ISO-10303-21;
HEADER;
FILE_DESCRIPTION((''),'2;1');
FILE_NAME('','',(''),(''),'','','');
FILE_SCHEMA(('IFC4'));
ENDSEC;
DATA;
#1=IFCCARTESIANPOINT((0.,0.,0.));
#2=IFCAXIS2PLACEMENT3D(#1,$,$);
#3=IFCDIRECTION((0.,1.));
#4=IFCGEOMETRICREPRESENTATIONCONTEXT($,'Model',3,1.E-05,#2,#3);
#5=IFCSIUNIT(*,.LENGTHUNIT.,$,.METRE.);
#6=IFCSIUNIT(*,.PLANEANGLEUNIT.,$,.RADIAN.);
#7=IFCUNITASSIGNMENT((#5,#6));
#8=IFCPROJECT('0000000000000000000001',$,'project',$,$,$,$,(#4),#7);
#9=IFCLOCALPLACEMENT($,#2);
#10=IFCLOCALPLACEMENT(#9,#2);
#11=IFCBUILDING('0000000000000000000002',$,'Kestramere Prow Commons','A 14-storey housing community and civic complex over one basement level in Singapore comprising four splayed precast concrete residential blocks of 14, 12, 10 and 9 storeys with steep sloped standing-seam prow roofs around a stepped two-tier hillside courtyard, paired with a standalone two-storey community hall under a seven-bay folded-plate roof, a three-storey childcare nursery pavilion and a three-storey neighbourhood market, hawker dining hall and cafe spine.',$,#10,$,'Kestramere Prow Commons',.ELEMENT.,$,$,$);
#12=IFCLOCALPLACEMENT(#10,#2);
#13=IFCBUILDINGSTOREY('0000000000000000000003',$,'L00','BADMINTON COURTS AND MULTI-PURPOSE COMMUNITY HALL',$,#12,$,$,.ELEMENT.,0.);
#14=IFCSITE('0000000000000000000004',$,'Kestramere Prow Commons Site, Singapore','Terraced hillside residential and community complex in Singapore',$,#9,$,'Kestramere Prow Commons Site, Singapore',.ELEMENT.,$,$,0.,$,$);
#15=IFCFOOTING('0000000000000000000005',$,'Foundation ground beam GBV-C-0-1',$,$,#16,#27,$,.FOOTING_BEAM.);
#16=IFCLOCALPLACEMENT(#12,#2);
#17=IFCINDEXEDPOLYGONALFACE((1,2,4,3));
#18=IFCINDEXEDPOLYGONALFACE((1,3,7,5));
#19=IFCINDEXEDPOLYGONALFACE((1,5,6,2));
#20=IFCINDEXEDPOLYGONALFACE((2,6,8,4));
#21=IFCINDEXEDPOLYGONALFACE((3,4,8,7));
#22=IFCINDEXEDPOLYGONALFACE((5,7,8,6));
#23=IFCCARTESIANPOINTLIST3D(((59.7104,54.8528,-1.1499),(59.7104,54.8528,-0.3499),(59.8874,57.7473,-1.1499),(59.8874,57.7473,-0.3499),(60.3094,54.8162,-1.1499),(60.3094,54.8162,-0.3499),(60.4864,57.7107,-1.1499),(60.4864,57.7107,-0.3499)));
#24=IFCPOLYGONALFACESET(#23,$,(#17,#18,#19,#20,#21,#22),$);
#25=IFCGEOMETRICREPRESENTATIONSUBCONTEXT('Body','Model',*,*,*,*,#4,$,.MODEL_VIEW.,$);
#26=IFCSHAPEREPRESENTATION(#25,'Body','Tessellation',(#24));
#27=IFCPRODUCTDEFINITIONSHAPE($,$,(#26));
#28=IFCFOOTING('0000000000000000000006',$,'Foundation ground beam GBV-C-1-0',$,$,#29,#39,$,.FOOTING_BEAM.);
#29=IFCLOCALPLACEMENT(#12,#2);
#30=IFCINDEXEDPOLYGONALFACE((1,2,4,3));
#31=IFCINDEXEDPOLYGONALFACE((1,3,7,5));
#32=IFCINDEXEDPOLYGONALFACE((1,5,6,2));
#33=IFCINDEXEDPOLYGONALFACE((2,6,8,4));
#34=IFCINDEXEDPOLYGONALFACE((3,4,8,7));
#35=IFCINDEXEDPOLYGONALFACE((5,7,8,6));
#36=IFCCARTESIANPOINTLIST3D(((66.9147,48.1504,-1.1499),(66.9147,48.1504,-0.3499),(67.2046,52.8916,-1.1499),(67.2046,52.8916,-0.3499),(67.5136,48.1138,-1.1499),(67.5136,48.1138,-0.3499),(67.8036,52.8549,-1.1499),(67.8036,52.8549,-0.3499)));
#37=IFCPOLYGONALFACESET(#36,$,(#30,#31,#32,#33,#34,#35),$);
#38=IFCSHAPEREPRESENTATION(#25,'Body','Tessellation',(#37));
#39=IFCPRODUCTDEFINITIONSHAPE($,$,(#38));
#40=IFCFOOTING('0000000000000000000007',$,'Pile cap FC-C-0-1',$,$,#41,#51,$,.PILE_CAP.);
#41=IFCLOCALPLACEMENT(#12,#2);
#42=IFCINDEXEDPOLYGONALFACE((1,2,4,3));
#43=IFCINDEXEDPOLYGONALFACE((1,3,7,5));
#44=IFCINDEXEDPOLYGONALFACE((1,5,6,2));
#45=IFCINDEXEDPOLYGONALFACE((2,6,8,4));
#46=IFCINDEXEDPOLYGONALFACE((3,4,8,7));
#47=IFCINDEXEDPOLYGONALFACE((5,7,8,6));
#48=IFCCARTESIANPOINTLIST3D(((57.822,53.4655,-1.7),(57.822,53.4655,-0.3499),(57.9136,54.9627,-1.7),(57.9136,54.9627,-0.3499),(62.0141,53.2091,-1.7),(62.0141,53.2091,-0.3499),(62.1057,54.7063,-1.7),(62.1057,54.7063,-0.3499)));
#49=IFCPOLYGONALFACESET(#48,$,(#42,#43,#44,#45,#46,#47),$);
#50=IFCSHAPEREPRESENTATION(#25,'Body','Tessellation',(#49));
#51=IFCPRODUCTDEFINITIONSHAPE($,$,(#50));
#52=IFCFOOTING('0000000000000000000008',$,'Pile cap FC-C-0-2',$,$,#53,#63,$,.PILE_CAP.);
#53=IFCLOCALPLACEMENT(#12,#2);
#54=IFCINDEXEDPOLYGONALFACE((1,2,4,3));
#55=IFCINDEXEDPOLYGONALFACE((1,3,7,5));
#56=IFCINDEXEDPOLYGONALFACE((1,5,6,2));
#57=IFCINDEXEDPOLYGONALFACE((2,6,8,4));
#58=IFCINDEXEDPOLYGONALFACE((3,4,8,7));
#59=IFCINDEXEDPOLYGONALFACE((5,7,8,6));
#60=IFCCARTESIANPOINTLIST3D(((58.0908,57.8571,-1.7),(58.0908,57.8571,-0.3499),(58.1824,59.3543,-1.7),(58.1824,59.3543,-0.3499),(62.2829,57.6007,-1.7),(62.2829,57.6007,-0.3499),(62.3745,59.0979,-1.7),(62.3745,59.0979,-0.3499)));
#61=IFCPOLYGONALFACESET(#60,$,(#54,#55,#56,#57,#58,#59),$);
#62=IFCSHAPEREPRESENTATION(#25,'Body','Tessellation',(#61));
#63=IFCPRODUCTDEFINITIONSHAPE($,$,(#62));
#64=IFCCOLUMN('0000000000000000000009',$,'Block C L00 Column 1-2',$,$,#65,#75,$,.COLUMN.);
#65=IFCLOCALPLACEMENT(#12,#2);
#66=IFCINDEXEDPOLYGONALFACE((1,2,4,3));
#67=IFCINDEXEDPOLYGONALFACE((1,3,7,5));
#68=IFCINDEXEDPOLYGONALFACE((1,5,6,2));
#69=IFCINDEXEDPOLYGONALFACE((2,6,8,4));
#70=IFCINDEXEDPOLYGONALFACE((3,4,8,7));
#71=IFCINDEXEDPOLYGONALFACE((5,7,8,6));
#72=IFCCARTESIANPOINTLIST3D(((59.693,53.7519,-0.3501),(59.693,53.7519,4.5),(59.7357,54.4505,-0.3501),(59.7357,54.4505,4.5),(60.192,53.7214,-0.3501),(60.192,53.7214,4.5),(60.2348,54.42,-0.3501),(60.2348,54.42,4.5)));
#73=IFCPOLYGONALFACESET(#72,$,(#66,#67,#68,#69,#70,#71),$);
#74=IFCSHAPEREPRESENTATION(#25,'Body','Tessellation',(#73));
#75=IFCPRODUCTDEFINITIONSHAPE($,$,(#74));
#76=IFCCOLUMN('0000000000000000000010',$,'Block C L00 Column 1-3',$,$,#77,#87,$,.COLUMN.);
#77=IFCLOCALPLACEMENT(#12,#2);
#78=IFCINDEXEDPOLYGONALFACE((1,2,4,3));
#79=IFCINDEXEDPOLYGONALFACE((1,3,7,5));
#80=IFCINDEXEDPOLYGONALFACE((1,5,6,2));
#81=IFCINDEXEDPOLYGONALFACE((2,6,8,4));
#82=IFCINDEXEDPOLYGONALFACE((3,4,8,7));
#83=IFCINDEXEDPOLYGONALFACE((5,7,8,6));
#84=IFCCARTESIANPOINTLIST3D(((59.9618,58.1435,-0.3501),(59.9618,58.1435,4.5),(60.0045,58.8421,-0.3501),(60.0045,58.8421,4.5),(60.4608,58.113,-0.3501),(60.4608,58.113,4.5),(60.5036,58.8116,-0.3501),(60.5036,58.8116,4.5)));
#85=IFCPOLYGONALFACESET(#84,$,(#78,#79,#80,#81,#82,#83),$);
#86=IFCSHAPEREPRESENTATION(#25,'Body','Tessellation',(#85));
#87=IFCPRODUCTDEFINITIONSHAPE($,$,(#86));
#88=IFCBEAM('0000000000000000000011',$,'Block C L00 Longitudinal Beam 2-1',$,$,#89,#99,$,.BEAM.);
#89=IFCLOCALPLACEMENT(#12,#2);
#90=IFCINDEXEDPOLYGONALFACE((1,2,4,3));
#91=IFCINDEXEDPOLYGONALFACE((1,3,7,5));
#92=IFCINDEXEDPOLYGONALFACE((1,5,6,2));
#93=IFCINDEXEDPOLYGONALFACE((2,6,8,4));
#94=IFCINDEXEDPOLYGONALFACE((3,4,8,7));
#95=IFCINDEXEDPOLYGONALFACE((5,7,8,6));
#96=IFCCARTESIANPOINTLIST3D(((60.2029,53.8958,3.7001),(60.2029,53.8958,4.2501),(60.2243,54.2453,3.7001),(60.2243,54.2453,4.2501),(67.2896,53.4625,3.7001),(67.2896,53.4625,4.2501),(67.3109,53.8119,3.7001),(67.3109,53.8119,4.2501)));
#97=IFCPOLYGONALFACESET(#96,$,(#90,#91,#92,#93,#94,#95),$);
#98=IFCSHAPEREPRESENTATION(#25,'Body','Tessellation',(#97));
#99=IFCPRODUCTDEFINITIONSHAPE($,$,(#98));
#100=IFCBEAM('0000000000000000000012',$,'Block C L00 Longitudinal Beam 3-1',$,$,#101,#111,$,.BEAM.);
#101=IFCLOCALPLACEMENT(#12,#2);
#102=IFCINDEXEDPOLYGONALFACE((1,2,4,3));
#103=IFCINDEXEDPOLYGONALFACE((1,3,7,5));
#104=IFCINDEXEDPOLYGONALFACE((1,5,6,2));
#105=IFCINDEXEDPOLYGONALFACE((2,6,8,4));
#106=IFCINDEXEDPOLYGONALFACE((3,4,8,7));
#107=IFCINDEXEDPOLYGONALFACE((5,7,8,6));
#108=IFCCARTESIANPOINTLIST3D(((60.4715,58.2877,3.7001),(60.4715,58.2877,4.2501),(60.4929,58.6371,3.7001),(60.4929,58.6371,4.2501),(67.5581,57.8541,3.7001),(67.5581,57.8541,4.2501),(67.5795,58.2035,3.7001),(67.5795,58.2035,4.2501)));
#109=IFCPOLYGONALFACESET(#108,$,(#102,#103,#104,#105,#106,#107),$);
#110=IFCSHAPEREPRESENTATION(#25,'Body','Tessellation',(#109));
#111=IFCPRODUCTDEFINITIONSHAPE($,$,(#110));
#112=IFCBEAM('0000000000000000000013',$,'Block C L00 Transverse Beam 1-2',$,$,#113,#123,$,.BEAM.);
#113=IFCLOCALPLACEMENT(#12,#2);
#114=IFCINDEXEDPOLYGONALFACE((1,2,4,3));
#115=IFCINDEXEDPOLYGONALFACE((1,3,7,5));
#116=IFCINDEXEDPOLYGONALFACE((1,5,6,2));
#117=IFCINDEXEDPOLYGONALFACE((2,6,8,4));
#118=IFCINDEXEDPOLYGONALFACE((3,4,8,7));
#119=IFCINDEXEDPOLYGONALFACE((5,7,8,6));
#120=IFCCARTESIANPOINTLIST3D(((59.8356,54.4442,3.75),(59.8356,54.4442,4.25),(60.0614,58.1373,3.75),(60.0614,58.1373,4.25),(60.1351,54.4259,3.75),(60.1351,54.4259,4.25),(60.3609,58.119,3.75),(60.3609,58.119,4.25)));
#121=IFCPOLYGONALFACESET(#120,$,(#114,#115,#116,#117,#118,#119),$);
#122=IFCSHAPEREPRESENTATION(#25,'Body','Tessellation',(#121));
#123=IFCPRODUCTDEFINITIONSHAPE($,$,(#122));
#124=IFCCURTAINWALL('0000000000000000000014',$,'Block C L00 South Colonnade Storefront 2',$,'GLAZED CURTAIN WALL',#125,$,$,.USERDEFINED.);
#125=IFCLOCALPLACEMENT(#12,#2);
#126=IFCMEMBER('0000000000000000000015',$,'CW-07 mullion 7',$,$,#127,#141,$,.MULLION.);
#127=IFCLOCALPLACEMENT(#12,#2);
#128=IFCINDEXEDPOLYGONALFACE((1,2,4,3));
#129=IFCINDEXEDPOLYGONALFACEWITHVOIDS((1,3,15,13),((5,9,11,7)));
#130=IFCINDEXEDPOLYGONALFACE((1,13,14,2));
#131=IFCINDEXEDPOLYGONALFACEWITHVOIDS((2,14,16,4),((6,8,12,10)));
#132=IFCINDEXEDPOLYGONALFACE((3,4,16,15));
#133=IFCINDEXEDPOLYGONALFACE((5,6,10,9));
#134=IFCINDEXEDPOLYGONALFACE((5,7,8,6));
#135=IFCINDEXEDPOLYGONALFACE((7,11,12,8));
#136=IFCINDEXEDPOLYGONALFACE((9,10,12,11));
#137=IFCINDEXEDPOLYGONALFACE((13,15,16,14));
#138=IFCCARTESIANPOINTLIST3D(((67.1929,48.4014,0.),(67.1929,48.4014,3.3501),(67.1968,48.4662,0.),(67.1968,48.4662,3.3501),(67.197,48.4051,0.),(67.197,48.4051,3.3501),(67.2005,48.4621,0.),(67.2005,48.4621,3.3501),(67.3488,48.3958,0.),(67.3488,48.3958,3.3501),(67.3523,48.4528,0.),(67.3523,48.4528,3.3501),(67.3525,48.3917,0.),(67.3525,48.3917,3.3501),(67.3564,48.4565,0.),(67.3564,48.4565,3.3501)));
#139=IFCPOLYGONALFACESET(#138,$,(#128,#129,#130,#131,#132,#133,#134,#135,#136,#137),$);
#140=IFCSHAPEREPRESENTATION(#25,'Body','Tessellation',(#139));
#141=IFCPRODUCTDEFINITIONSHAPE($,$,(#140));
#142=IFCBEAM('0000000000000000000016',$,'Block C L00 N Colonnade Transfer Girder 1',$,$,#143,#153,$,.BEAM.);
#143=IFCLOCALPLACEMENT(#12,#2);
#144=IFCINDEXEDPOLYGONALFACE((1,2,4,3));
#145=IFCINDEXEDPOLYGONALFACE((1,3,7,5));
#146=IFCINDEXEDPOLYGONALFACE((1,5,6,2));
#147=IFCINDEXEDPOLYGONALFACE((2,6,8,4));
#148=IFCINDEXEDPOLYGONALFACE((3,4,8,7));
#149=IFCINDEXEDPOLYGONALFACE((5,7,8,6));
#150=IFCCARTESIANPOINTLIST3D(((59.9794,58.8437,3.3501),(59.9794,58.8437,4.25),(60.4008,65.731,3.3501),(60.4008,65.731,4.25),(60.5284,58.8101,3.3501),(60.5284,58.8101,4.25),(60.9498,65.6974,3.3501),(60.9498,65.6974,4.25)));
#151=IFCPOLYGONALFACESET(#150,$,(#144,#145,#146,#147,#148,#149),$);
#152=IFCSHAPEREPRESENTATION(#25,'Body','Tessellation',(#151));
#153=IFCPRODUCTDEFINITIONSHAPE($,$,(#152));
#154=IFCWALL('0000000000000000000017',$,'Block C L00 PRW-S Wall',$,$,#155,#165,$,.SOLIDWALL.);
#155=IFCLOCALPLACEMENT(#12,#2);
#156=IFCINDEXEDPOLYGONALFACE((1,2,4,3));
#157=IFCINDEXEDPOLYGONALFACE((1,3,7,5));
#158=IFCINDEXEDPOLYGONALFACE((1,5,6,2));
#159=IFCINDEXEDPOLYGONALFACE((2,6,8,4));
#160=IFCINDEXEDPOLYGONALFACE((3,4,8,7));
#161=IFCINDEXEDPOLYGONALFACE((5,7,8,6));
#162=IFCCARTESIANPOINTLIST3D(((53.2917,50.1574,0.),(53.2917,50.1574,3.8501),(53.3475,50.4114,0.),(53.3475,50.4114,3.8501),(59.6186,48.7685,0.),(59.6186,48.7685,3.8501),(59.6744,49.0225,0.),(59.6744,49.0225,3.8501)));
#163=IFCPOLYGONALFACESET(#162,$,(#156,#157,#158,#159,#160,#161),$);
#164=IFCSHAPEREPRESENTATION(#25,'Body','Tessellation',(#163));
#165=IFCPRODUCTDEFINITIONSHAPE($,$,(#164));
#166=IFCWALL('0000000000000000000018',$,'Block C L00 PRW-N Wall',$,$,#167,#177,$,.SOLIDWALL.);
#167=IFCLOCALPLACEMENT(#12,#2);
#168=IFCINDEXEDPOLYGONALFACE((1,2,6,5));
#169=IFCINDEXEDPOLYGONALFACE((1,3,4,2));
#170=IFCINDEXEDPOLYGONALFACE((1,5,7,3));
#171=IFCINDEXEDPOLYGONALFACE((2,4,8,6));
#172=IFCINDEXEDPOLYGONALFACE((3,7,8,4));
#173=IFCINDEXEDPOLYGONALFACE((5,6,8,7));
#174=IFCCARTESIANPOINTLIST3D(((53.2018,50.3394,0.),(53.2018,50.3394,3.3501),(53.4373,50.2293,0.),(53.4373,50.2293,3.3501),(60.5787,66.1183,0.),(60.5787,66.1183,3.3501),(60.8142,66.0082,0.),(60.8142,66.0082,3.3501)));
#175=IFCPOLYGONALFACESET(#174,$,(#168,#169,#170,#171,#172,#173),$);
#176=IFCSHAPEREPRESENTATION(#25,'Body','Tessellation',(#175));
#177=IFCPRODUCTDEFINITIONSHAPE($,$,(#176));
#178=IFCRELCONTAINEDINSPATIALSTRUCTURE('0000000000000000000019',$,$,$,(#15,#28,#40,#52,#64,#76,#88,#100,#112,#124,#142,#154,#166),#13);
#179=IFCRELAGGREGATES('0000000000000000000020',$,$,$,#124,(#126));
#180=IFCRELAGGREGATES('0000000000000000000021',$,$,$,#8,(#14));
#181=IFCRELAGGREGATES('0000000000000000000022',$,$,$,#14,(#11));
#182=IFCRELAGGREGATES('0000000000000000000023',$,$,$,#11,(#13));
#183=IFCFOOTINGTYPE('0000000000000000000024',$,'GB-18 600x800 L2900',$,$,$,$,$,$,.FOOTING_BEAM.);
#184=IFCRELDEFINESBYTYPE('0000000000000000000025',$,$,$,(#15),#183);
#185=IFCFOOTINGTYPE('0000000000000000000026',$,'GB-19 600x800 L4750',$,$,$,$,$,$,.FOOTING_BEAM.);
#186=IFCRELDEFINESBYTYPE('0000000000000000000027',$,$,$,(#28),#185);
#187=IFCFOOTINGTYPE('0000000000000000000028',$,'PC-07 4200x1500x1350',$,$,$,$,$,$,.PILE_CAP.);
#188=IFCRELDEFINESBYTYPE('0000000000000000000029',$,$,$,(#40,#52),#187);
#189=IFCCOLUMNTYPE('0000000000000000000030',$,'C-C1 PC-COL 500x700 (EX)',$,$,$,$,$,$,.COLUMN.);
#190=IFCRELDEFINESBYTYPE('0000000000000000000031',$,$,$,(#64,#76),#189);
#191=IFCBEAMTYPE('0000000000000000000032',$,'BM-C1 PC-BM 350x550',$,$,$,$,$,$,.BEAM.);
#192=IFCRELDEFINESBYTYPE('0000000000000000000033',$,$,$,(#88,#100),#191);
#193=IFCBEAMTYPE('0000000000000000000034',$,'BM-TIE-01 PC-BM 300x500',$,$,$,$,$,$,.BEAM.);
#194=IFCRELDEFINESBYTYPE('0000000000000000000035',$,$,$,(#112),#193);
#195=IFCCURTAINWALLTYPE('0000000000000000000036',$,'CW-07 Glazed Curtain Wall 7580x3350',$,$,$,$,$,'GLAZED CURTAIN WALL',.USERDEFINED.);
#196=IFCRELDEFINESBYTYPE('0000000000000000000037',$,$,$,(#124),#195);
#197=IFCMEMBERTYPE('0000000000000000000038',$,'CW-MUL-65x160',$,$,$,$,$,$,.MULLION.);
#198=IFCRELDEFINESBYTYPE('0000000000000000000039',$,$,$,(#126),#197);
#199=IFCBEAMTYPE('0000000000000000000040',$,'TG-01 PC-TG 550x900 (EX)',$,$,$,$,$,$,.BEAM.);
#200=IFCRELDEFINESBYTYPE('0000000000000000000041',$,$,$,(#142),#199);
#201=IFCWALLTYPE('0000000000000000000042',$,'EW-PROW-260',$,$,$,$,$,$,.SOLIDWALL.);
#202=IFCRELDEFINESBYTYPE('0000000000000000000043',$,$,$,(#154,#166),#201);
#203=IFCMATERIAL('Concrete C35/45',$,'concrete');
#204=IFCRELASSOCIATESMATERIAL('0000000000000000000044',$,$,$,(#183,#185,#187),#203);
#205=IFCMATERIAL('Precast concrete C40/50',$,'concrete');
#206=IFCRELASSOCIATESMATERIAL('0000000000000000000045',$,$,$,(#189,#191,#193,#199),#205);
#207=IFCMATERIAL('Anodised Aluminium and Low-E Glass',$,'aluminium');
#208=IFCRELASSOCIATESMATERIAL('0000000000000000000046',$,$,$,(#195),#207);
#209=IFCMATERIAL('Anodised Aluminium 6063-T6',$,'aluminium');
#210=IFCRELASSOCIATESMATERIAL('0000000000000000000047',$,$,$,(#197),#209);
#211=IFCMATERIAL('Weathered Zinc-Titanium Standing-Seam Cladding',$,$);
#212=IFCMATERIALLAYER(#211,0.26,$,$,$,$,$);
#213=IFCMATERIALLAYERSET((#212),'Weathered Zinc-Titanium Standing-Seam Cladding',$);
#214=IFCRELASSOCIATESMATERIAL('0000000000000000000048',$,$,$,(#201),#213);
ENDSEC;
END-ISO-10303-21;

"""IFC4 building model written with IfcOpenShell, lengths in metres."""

from ifc_helpers import new_model, si_unit, direction, frame, frame_2d, origin, origin_2d, place, context, subcontext, project, spatial, rectangle, hollow_rectangle, extrude, material, layer, layer_set, material_profile, profile_set, type_object, element, aggregate, save


model = new_model("IFC4")

# Units and contexts
model_context = context("Model", 3, precision=1e-05, world=origin(), true_north=direction((0.0, 1.0)))
body_context = subcontext(model_context, "Body", "Model", "MODEL_VIEW")
ifc_project = project(units=[si_unit("LENGTHUNIT", "METRE"), si_unit("PLANEANGLEUNIT", "RADIAN")], contexts=[model_context])

# Site, building, storey
site_placement = place(None, origin())
site = spatial("IfcSite", under=ifc_project, at=site_placement, Name="Kestramere Prow Commons Site, Singapore", Description="Terraced hillside residential and community complex in Singapore", LongName="Kestramere Prow Commons Site, Singapore", CompositionType="ELEMENT", RefElevation=0.0)
building_placement = place(site_placement, origin())
building = spatial("IfcBuilding", under=site, at=building_placement, Name="Kestramere Prow Commons", Description="A 14-storey housing community and civic complex over one basement level in Singapore comprising four splayed precast concrete residential blocks of 14, 12, 10 and 9 storeys with steep sloped standing-seam prow roofs around a stepped two-tier hillside courtyard, paired with a standalone two-storey community hall under a seven-bay folded-plate roof, a three-storey childcare nursery pavilion and a three-storey neighbourhood market, hawker dining hall and cafe spine.", LongName="Kestramere Prow Commons", CompositionType="ELEMENT")
storey_placement = place(building_placement, origin())
storey = spatial("IfcBuildingStorey", under=building, at=storey_placement, Name="L00", Description="BADMINTON COURTS AND MULTI-PURPOSE COMMUNITY HALL", CompositionType="ELEMENT", Elevation=0.0)

# Shared definitions
ifc_material_1 = material(Name="Concrete C35/45", Category="concrete")

# Footings
footing_type_1 = type_object("IfcFootingType", Name="GB-18 600x800 L2900", PredefinedType="FOOTING_BEAM", material=ifc_material_1)
footing_1_placement = place(storey_placement, frame((60.0984, 56.2817, -1.1499), z_axis=(0.0, 0.0, 1.0), x_axis=(0.061049, 0.998135, 0.0)))
element("IfcFooting", 1, at=footing_1_placement, inside=storey, type_object=footing_type_1, Name="Foundation ground beam GBV-C-0-1", PredefinedType="FOOTING_BEAM", context=body_context, shape_type="SweptSolid", body=[
    extrude(rectangle(XDim=2.8999, YDim=0.6001, at=origin_2d()), origin(), (0.0, 0.0, 1.0), 0.8),
])
footing_type_2 = type_object("IfcFootingType", Name="GB-19 600x800 L4750", PredefinedType="FOOTING_BEAM", material=ifc_material_1)
footing_2_placement = place(storey_placement, frame((67.3591, 50.5027, -1.1499), z_axis=(0.0, 0.0, 1.0), x_axis=(0.061049, 0.998135, 0.0)))
element("IfcFooting", 2, at=footing_2_placement, inside=storey, type_object=footing_type_2, Name="Foundation ground beam GBV-C-1-0", PredefinedType="FOOTING_BEAM", context=body_context, shape_type="SweptSolid", body=[
    extrude(rectangle(XDim=4.75, YDim=0.6001, at=origin_2d()), origin(), (0.0, 0.0, 1.0), 0.8),
])
footing_type_3 = type_object("IfcFootingType", Name="PC-07 4200x1500x1350", PredefinedType="PILE_CAP", material=ifc_material_1)
for number, where, z_axis, x_axis, name in (
    (3, (59.9639, 54.0859, -1.7), (0.0, 0.0, 1.0), (0.998135, -0.061049, 0.0), "Pile cap FC-C-0-1"),
    (4, (60.2327, 58.4775, -1.7), (0.0, 0.0, 1.0), (0.998135, -0.061049, 0.0), "Pile cap FC-C-0-2"),
):
    element("IfcFooting", number, at=place(storey_placement, frame(where, z_axis=z_axis, x_axis=x_axis)), inside=storey, type_object=footing_type_3, Name=name, PredefinedType="PILE_CAP", context=body_context, shape_type="SweptSolid", body=[
        extrude(rectangle(XDim=4.2, YDim=1.5, at=origin_2d()), origin(), (0.0, 0.0, 1.0), 1.3501),
    ])

# Columns
ifc_material_2 = material(Name="Precast concrete C40/50", Category="concrete")
ifc_material_profile_1 = material_profile(ifc_material_2, rectangle(XDim=0.5, YDim=0.7, at=origin_2d()), Name="PC-COL 500x700")
ifc_profile_set_1 = profile_set([ifc_material_profile_1], Name="Precast concrete C40/50")
column_type = type_object("IfcColumnType", Name="C-C1 PC-COL 500x700 (EX)", PredefinedType="COLUMN", material=ifc_profile_set_1)
for number, where, z_axis, x_axis, name in (
    (5, (59.9639, 54.0859, -0.3501), (0.0, 0.0, 1.0), (0.998135, -0.061049, 0.0), "Block C L00 Column 1-2"),
    (6, (60.2327, 58.4775, -0.3501), (0.0, 0.0, 1.0), (0.998135, -0.061049, 0.0), "Block C L00 Column 1-3"),
):
    element("IfcColumn", number, at=place(storey_placement, frame(where, z_axis=z_axis, x_axis=x_axis)), inside=storey, type_object=column_type, Name=name, PredefinedType="COLUMN", context=body_context, shape_type="SweptSolid", body=[
        extrude(rectangle(XDim=0.5, YDim=0.7, at=origin_2d()), origin(), (0.0, 0.0, 1.0), 4.8501),
    ])

# Beams
ifc_material_profile_2 = material_profile(ifc_material_2, rectangle(XDim=0.3501, YDim=0.55, at=origin_2d()), Name="PC-BM 350x550")
ifc_profile_set_2 = profile_set([ifc_material_profile_2], Name="Precast concrete C40/50")
beam_type_1 = type_object("IfcBeamType", Name="BM-C1 PC-BM 350x550", PredefinedType="BEAM", material=ifc_profile_set_2)
for number, where, z_axis, x_axis, name in (
    (7, (60.2136, 54.0706, 3.9751), (0.998136, -0.061036, 0.0), (0.061036, 0.998136, 0.0), "Block C L00 Longitudinal Beam 2-1"),
    (8, (60.4822, 58.4624, 3.9751), (0.998133, -0.06107, 0.0), (0.06107, 0.998133, 0.0), "Block C L00 Longitudinal Beam 3-1"),
):
    element("IfcBeam", number, at=place(storey_placement, frame(where, z_axis=z_axis, x_axis=x_axis)), inside=storey, type_object=beam_type_1, Name=name, PredefinedType="BEAM", context=body_context, shape_type="SweptSolid", body=[
        extrude(rectangle(XDim=0.3501, YDim=0.55, at=origin_2d()), origin(), (0.0, 0.0, 1.0), 7.0999),
    ])
ifc_material_profile_3 = material_profile(ifc_material_2, rectangle(XDim=0.3, YDim=0.5, at=origin_2d()), Name="PC-BM 300x500")
ifc_profile_set_3 = profile_set([ifc_material_profile_3], Name="Precast concrete C40/50")
beam_type_2 = type_object("IfcBeamType", Name="BM-TIE-01 PC-BM 300x500", PredefinedType="BEAM", material=ifc_profile_set_3)
beam_1_placement = place(storey_placement, frame((59.9854, 54.4351, 4.0), z_axis=(0.061035, 0.998136, 0.0), x_axis=(-0.998136, 0.061035, 0.0)))
element("IfcBeam", 9, at=beam_1_placement, inside=storey, type_object=beam_type_2, Name="Block C L00 Transverse Beam 1-2", PredefinedType="BEAM", context=body_context, shape_type="SweptSolid", body=[
    extrude(rectangle(XDim=0.3, YDim=0.5, at=origin_2d()), origin(), (0.0, 0.0, 1.0), 3.7),
])

# Curtain wall, member
ifc_material_3 = material(Name="Anodised Aluminium and Low-E Glass", Category="aluminium")
curtain_wall_type = type_object("IfcCurtainWallType", Name="CW-07 Glazed Curtain Wall 7580x3350", ElementType="GLAZED CURTAIN WALL", PredefinedType="USERDEFINED", material=ifc_material_3)
curtain_wall_placement = place(storey_placement, origin())
curtain_wall = element("IfcCurtainWall", 10, at=curtain_wall_placement, inside=storey, type_object=curtain_wall_type, Name="Block C L00 South Colonnade Storefront 2", ObjectType="GLAZED CURTAIN WALL", PredefinedType="USERDEFINED")
ifc_material_4 = material(Name="Anodised Aluminium 6063-T6", Category="aluminium")
ifc_material_profile_4 = material_profile(ifc_material_4, hollow_rectangle(XDim=0.0649, YDim=0.1599, WallThickness=0.0039, at=origin_2d()), Name="ALU-MUL 65x160")
ifc_profile_set_4 = profile_set([ifc_material_profile_4], Name="Anodised Aluminium 6063-T6")
member_type = type_object("IfcMemberType", Name="CW-MUL-65x160", PredefinedType="MULLION", material=ifc_profile_set_4)
member_placement = place(storey_placement, frame((67.2747, 48.429, 0.0), z_axis=(0.0, 0.0, 1.0), x_axis=(-0.061049, -0.998135, 0.0)))
member = element("IfcMember", 11, at=member_placement, type_object=member_type, Name="CW-07 mullion 7", PredefinedType="MULLION", context=body_context, shape_type="SweptSolid", body=[
    extrude(hollow_rectangle(XDim=0.0649, YDim=0.1599, WallThickness=0.0039, at=origin_2d()), origin(), (0.0, 0.0, 1.0), 3.3501),
])
aggregate(curtain_wall, [member])

# Beam
ifc_material_profile_5 = material_profile(ifc_material_2, rectangle(XDim=0.55, YDim=0.8999, at=origin_2d()), Name="PC-TG 550x900")
ifc_profile_set_5 = profile_set([ifc_material_profile_5], Name="Precast concrete C40/50")
beam_type_3 = type_object("IfcBeamType", Name="TG-01 PC-TG 550x900 (EX)", PredefinedType="BEAM", material=ifc_profile_set_5)
beam_2_placement = place(storey_placement, frame((60.2539, 58.8269, 3.8), z_axis=(0.06107, 0.998133, 0.0), x_axis=(-0.998133, 0.06107, 0.0)))
element("IfcBeam", 12, at=beam_2_placement, inside=storey, type_object=beam_type_3, Name="Block C L00 N Colonnade Transfer Girder 1", PredefinedType="BEAM", context=body_context, shape_type="SweptSolid", body=[
    extrude(rectangle(XDim=0.55, YDim=0.8999, at=origin_2d()), origin(), (0.0, 0.0, 1.0), 6.9001),
])

# Walls
ifc_material_5 = material(Name="Weathered Zinc-Titanium Standing-Seam Cladding")
ifc_layer_1 = layer(ifc_material_5, 0.26)
ifc_layer_set_1 = layer_set([ifc_layer_1], Name="Weathered Zinc-Titanium Standing-Seam Cladding")
wall_type_1 = type_object("IfcWallType", Name="EW-PROW-260", PredefinedType="SOLIDWALL", material=ifc_layer_set_1)
wall_1_placement = place(storey_placement, frame((59.6465, 48.8955, 0.0), z_axis=(0.0, 0.0, 1.0), x_axis=(-0.976742, 0.21442, 0.0)))
element("IfcWall", 13, at=wall_1_placement, inside=storey, type_object=wall_type_1, Name="Block C L00 PRW-S Wall", PredefinedType="SOLIDWALL", context=body_context, shape_type="SweptSolid", body=[
    extrude(rectangle(XDim=6.4775, YDim=0.26, at=frame_2d((3.2388, 0.0))), origin(), (0.0, 0.0, 1.0), 3.8501),
])
wall_2_placement = place(storey_placement, frame((53.3196, 50.2844, 0.0), z_axis=(0.0, 0.0, 1.0), x_axis=(0.423517, 0.905888, 0.0)))
element("IfcWall", 14, at=wall_2_placement, inside=storey, type_object=wall_type_1, Name="Block C L00 PRW-N Wall", PredefinedType="SOLIDWALL", context=body_context, shape_type="SweptSolid", body=[
    extrude(rectangle(XDim=17.4182, YDim=0.26, at=frame_2d((8.709, 0.0))), origin(), (0.0, 0.0, 1.0), 3.3501),
])

save(model, "model.ifc")
